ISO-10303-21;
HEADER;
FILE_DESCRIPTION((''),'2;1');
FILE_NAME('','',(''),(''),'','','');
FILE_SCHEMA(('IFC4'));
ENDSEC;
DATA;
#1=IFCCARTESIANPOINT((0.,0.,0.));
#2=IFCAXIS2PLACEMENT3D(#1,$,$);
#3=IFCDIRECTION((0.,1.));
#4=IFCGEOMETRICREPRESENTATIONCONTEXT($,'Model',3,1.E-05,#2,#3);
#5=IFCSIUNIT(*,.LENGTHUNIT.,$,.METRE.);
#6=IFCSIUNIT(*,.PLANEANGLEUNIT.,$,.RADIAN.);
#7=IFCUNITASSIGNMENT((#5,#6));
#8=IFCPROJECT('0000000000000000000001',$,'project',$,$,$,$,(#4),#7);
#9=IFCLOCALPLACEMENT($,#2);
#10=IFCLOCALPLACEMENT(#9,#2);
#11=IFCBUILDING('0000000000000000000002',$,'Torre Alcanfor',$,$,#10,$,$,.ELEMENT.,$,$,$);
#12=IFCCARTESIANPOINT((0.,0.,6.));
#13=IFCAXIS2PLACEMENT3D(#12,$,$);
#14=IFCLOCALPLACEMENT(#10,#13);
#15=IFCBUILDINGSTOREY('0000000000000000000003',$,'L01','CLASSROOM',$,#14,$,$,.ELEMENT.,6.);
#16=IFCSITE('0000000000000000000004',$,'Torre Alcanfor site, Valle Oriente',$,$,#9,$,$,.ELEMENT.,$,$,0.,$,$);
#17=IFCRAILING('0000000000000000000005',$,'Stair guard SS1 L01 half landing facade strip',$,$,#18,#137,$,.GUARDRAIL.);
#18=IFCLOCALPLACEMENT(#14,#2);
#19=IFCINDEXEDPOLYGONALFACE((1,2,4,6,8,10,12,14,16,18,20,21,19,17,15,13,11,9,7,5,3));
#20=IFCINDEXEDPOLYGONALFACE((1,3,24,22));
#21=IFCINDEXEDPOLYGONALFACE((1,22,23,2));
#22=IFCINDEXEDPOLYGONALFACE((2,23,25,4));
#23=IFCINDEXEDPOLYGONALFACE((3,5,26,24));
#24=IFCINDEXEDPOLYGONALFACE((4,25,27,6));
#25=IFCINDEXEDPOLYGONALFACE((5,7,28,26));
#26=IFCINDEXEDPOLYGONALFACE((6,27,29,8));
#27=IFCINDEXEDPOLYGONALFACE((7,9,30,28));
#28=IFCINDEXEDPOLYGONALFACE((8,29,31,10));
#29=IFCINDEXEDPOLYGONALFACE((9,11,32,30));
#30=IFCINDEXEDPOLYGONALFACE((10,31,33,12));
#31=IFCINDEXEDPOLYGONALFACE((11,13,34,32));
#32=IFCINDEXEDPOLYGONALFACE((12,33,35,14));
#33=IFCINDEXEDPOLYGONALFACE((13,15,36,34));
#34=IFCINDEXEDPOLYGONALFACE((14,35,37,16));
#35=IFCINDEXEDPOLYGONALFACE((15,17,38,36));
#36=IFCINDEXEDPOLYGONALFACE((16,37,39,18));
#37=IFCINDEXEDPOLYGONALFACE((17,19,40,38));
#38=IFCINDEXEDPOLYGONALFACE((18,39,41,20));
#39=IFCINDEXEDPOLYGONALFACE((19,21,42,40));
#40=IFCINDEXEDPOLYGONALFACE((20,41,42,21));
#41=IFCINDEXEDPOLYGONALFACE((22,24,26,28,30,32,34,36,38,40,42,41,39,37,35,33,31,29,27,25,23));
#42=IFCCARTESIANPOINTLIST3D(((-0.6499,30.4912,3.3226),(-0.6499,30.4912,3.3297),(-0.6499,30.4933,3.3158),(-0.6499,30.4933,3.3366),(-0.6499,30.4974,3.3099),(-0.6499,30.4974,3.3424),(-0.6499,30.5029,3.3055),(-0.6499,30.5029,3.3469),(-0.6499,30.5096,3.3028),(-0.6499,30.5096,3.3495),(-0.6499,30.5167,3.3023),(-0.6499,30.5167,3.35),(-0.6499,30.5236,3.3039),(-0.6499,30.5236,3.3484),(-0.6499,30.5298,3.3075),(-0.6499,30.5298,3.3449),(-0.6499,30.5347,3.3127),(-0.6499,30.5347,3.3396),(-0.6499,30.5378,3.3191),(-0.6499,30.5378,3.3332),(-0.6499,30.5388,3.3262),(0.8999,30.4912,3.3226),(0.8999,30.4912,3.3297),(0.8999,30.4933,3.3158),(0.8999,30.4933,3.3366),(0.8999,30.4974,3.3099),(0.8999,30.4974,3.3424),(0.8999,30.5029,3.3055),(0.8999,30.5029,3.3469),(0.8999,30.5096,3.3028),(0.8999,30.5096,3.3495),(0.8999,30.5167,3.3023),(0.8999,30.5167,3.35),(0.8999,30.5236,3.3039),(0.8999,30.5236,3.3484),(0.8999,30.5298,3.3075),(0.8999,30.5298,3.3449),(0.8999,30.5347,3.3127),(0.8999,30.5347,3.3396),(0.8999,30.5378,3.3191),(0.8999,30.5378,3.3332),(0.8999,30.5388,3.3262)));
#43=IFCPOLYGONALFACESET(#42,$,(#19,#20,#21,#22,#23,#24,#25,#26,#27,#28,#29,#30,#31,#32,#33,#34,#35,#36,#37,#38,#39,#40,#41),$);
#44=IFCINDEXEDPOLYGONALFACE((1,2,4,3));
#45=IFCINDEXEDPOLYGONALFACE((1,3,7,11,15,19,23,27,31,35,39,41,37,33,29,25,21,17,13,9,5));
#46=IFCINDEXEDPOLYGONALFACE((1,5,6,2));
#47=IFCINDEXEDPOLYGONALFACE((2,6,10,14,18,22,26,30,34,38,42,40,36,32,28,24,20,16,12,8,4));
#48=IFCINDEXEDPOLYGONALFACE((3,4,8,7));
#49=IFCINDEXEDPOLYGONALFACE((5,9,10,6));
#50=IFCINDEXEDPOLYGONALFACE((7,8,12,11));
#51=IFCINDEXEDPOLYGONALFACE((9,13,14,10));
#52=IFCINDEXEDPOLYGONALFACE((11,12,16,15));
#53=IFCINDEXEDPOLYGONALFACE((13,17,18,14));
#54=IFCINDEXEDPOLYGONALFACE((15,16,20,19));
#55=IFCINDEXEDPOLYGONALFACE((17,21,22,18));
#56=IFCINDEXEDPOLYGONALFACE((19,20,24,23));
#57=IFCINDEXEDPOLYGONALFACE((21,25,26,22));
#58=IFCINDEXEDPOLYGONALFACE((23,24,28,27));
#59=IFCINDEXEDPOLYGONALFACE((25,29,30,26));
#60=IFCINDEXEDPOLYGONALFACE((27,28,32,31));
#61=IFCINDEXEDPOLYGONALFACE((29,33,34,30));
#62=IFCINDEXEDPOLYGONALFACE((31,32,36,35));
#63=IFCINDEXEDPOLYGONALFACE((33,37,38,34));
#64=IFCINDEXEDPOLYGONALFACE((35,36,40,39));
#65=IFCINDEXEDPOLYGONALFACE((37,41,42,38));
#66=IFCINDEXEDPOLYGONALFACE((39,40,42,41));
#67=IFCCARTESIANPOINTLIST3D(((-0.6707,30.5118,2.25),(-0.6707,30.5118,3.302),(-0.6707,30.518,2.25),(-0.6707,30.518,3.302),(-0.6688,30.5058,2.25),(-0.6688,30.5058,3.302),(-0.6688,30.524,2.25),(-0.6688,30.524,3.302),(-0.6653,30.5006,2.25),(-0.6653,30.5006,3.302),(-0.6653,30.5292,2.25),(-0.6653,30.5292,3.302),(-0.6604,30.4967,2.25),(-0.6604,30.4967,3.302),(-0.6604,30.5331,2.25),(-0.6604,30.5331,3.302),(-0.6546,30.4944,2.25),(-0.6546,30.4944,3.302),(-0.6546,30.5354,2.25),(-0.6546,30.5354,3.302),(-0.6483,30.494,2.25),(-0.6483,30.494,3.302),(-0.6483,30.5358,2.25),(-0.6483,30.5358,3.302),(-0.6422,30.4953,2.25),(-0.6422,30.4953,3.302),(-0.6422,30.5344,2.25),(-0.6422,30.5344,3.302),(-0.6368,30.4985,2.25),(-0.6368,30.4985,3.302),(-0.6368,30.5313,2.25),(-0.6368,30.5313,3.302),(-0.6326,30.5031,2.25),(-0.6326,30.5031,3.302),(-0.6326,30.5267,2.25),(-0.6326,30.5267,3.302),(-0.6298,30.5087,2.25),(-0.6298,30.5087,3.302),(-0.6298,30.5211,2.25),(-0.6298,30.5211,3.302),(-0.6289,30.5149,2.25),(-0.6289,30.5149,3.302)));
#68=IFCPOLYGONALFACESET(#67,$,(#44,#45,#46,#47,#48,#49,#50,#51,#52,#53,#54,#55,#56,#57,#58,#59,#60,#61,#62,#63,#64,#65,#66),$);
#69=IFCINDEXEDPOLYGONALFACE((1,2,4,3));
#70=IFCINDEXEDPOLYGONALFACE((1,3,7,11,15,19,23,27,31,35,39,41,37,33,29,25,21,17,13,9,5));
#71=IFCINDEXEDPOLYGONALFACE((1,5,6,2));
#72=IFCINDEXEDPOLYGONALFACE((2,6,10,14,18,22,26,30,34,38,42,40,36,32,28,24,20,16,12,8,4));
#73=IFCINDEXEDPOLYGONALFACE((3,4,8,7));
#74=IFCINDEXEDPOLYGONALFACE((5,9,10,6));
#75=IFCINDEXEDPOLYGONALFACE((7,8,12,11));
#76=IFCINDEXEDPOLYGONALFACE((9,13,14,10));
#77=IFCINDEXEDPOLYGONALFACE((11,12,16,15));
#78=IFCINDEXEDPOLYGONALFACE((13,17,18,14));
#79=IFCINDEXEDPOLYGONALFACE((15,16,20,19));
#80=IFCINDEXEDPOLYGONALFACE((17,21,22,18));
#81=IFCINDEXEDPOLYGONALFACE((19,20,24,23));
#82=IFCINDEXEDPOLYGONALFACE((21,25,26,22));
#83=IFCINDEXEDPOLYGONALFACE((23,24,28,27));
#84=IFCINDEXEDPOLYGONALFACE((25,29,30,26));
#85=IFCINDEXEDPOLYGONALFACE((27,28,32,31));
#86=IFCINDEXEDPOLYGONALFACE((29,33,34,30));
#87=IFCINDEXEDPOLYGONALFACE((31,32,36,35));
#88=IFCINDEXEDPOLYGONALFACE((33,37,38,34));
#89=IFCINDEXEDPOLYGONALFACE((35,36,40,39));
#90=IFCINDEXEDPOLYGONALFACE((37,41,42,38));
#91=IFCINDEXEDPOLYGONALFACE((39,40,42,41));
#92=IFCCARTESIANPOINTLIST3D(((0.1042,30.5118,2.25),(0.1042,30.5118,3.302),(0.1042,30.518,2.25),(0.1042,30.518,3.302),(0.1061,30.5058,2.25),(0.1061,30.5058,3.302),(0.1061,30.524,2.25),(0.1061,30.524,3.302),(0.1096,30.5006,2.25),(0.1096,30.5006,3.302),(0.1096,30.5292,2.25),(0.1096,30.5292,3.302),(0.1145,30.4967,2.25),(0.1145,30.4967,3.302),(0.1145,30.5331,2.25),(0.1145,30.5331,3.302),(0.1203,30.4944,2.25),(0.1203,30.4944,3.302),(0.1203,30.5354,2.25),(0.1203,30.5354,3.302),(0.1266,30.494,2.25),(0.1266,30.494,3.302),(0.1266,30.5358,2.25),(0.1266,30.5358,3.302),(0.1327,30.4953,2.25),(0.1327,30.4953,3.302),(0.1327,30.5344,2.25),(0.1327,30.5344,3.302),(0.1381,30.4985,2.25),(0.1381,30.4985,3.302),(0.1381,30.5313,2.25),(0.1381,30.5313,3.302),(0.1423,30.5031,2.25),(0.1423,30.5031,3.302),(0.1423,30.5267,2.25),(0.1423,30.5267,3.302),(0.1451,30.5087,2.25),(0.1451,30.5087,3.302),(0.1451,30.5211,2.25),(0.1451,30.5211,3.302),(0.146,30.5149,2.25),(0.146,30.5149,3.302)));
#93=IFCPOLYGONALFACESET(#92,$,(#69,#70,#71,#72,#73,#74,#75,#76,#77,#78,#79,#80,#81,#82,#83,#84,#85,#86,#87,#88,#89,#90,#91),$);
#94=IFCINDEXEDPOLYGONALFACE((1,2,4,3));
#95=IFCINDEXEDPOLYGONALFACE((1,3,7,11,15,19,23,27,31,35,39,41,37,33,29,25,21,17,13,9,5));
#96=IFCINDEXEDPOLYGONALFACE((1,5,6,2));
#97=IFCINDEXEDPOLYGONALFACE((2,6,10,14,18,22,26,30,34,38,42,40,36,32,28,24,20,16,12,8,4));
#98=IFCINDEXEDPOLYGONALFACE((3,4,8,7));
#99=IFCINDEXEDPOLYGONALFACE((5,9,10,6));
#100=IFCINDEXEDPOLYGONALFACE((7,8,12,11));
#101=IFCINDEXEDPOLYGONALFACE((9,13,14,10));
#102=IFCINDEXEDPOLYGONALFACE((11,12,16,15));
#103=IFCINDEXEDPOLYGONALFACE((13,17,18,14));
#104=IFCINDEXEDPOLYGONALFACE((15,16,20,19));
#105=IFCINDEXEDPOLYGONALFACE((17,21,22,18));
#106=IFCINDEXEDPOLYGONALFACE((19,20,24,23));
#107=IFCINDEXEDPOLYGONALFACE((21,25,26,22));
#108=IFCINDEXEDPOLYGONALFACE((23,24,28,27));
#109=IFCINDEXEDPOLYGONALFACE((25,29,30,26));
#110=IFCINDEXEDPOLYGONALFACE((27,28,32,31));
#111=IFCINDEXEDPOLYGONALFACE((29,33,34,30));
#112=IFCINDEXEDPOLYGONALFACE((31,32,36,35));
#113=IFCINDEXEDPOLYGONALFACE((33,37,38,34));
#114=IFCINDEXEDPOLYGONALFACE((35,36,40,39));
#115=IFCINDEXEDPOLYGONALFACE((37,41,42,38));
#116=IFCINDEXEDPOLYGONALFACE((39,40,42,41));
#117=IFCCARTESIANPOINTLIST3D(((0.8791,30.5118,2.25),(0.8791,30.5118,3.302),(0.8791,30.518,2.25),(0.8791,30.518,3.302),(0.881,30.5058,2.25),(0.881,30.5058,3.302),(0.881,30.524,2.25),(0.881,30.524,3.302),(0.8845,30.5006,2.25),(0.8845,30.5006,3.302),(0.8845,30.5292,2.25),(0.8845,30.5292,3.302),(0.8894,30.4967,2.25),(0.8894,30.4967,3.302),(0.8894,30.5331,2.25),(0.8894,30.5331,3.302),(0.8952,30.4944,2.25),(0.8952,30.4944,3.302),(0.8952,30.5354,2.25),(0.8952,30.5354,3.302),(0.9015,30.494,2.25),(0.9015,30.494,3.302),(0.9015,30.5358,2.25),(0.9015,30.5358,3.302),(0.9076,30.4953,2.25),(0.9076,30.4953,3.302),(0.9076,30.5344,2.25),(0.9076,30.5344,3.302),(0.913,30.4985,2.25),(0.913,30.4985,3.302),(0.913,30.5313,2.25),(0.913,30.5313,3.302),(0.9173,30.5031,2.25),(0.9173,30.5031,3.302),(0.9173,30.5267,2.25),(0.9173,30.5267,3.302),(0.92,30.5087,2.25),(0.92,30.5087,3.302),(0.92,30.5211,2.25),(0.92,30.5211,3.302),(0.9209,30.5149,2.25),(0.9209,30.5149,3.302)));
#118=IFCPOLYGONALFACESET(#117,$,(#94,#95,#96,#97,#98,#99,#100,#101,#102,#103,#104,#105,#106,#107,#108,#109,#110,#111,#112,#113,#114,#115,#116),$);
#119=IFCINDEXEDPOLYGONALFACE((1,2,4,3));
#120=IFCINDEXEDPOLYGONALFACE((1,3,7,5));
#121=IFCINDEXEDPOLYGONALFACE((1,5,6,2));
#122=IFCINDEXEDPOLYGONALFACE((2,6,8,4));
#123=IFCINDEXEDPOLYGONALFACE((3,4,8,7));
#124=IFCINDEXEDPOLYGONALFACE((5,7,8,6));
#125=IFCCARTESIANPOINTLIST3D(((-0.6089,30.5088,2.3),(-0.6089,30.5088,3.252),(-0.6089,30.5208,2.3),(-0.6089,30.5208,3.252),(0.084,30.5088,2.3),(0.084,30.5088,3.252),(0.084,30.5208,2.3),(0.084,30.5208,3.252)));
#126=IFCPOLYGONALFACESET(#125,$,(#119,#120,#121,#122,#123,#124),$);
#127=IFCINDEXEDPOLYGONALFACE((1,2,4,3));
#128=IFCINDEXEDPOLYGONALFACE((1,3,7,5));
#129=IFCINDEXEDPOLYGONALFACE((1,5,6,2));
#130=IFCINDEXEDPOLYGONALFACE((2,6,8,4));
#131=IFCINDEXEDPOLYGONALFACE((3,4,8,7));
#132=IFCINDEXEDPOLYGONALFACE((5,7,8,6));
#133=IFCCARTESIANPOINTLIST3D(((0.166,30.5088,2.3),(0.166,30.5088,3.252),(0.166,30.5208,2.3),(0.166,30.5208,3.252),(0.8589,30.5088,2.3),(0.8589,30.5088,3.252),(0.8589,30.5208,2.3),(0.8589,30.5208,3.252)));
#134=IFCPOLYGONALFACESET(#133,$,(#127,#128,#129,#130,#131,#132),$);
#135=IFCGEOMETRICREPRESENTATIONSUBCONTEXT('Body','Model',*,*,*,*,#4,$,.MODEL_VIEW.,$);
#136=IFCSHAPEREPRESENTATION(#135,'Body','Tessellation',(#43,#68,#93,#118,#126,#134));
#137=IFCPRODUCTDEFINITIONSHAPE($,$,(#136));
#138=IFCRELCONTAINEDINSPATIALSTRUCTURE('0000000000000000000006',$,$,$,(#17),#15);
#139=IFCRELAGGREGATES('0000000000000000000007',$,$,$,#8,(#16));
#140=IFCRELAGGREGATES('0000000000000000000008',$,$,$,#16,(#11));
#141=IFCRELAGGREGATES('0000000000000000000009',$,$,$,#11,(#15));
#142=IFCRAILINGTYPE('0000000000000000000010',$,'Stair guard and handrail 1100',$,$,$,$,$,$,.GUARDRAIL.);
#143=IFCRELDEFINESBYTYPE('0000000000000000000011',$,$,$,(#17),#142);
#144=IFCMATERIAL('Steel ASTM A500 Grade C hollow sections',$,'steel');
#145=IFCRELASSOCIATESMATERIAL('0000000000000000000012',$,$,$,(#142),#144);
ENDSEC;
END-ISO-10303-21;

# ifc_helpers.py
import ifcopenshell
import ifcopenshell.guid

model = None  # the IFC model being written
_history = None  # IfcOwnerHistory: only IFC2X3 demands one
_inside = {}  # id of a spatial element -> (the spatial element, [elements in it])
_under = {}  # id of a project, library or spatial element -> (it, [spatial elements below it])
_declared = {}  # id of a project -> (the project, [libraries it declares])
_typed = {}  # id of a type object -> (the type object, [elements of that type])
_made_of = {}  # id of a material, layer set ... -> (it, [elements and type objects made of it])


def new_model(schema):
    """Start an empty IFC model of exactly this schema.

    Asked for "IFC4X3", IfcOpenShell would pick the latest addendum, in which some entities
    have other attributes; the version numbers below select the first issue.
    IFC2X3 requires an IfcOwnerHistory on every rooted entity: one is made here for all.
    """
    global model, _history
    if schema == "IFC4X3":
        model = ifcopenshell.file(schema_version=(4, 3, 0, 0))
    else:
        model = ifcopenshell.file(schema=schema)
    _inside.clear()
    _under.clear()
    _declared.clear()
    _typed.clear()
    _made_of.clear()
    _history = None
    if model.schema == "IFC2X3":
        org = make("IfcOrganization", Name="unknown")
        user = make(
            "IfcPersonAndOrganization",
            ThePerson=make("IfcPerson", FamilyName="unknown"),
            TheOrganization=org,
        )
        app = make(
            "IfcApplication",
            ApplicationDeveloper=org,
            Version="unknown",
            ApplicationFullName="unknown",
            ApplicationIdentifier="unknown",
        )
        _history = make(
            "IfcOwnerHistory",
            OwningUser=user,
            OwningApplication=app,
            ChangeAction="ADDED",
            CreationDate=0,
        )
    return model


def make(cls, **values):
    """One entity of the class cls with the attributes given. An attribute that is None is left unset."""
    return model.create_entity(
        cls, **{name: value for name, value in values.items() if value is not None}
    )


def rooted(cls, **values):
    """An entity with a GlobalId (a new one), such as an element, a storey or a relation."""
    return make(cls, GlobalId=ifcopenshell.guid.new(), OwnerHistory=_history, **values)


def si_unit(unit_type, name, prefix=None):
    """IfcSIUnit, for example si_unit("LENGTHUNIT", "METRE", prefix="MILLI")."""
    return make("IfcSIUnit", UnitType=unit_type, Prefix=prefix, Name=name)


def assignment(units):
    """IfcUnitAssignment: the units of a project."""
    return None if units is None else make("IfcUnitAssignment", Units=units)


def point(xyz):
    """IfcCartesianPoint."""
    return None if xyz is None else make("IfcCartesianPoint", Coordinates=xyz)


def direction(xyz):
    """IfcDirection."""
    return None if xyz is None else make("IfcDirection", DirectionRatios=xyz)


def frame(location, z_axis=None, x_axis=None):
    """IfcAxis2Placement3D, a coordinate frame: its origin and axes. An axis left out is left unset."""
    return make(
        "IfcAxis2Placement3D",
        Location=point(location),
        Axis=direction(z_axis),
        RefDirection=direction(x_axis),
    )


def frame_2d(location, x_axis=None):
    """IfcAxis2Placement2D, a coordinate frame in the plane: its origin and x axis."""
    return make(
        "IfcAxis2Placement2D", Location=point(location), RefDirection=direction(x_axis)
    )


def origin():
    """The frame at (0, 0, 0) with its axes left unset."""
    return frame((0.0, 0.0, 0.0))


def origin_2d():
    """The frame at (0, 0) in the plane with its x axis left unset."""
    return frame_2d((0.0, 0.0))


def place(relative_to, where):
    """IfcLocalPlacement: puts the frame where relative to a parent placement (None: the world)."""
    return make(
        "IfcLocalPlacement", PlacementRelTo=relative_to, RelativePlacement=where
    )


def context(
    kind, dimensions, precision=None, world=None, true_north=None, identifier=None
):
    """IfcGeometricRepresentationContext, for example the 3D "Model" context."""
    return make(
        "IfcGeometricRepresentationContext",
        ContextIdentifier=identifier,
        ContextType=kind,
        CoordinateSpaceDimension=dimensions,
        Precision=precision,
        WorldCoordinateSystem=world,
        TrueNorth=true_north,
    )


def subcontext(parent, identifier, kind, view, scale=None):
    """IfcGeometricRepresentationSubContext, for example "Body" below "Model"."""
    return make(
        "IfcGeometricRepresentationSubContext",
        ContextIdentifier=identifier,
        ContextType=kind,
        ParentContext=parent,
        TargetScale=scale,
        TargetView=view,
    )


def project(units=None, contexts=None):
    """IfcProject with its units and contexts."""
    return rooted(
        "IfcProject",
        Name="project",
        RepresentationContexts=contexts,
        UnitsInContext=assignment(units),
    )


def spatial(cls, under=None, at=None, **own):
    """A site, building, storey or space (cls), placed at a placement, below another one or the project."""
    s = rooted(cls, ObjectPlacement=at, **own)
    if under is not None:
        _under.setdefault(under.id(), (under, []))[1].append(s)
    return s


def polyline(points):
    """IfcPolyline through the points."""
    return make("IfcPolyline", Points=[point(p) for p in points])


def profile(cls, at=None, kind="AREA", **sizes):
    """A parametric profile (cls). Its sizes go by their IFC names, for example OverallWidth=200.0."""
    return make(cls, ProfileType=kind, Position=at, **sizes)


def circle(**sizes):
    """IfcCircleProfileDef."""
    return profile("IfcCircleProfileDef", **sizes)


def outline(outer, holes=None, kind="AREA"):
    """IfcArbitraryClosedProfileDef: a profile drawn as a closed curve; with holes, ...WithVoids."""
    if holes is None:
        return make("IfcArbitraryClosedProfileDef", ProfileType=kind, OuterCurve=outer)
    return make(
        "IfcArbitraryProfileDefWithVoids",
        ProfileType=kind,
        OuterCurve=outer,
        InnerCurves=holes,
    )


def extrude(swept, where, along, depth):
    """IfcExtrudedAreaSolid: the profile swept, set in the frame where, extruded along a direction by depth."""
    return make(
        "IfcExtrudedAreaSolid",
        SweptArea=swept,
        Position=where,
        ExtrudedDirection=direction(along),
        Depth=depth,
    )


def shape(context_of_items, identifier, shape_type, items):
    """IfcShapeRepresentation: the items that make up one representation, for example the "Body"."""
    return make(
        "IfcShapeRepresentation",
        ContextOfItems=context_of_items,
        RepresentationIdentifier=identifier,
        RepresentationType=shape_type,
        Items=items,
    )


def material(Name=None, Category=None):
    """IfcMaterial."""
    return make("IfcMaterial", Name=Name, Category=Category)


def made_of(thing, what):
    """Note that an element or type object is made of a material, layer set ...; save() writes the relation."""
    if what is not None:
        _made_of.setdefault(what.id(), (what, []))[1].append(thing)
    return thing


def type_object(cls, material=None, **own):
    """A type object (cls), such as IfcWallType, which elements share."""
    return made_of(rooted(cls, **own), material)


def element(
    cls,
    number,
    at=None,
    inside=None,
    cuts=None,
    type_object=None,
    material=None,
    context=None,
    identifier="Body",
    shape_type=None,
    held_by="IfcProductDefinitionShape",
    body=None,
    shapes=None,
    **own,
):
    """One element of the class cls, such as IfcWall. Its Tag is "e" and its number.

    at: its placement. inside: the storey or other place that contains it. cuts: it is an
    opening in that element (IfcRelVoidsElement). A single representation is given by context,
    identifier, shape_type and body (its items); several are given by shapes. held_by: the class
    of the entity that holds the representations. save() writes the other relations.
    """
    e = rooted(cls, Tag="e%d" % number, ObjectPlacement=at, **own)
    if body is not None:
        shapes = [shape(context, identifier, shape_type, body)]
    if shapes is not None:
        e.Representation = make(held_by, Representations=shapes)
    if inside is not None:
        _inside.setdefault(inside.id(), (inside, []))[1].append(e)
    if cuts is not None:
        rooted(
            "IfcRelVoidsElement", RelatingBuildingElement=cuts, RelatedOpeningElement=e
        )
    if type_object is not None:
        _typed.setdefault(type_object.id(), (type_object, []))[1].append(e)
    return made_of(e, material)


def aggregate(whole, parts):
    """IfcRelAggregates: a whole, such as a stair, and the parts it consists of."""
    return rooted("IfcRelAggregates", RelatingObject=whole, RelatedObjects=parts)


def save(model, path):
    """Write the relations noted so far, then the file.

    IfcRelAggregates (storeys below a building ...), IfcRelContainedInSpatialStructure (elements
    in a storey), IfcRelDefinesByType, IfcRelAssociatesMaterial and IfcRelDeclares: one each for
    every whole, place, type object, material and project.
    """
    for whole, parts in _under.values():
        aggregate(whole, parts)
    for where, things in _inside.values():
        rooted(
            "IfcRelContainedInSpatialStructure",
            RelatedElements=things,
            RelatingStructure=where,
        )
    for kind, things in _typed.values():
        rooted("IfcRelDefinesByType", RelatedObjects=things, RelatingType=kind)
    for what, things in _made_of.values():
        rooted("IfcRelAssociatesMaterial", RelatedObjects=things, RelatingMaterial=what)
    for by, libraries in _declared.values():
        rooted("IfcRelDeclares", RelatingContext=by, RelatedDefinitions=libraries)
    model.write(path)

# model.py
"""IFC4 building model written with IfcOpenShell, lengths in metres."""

from ifc_helpers import new_model, si_unit, direction, frame, origin, origin_2d, place, context, subcontext, project, spatial, polyline, circle, outline, extrude, material, type_object, element, save


model = new_model("IFC4")

# Units and contexts
model_context = context("Model", 3, precision=1e-05, world=origin(), true_north=direction((0.0, 1.0)))
body_context = subcontext(model_context, "Body", "Model", "MODEL_VIEW")
ifc_project = project(units=[si_unit("LENGTHUNIT", "METRE"), si_unit("PLANEANGLEUNIT", "RADIAN")], contexts=[model_context])

# Site, building, storey
site_placement = place(None, origin())
site = spatial("IfcSite", under=ifc_project, at=site_placement, Name="Torre Alcanfor site, Valle Oriente", CompositionType="ELEMENT", RefElevation=0.0)
building_placement = place(site_placement, origin())
building = spatial("IfcBuilding", under=site, at=building_placement, Name="Torre Alcanfor", CompositionType="ELEMENT")
storey_placement = place(building_placement, frame((0.0, 0.0, 6.0)))
storey = spatial("IfcBuildingStorey", under=building, at=storey_placement, Name="L01", Description="CLASSROOM", CompositionType="ELEMENT", Elevation=6.0)

# Railing
ifc_material_1 = material(Name="Steel ASTM A500 Grade C hollow sections", Category="steel")
railing_type_1 = type_object("IfcRailingType", Name="Stair guard and handrail 1100", PredefinedType="GUARDRAIL", material=ifc_material_1)
railing_1_placement = place(storey_placement, frame((-0.6499, 30.5149, 2.25)))
element("IfcRailing", 1, at=railing_1_placement, inside=storey, type_object=railing_type_1, Name="Stair guard SS1 L01 half landing facade strip", PredefinedType="GUARDRAIL", context=body_context, shape_type="SweptSolid", body=[
    extrude(circle(Radius=0.0239, at=origin_2d()), frame((0.0, 0.0, 1.0762), z_axis=(1.0, 0.0, 0.0), x_axis=(0.0, 1.0, 0.0)), (0.0, 0.0, 1.0), 1.5498),
    extrude(circle(Radius=0.021, at=origin_2d()), origin(), (0.0, 0.0, 1.0), 1.052),
    extrude(circle(Radius=0.021, at=origin_2d()), frame((0.7749, 0.0, 0.0)), (0.0, 0.0, 1.0), 1.052),
    extrude(circle(Radius=0.021, at=origin_2d()), frame((1.5498, 0.0, 0.0)), (0.0, 0.0, 1.0), 1.052),
    extrude(outline(polyline([(0.041, 0.05), (0.7339, 0.05), (0.7339, 1.002), (0.041, 1.002), (0.041, 0.05)])), frame((0.0, 0.0059, 0.0), z_axis=(0.0, -1.0, 0.0), x_axis=(1.0, 0.0, 0.0)), (0.0, 0.0, 1.0), 0.012),
    extrude(outline(polyline([(0.8159, 0.05), (1.5088, 0.05), (1.5088, 1.002), (0.8159, 1.002), (0.8159, 0.05)])), frame((0.0, 0.0059, 0.0), z_axis=(0.0, -1.0, 0.0), x_axis=(1.0, 0.0, 0.0)), (0.0, 0.0, 1.0), 0.012),
])

save(model, "model.ifc")
